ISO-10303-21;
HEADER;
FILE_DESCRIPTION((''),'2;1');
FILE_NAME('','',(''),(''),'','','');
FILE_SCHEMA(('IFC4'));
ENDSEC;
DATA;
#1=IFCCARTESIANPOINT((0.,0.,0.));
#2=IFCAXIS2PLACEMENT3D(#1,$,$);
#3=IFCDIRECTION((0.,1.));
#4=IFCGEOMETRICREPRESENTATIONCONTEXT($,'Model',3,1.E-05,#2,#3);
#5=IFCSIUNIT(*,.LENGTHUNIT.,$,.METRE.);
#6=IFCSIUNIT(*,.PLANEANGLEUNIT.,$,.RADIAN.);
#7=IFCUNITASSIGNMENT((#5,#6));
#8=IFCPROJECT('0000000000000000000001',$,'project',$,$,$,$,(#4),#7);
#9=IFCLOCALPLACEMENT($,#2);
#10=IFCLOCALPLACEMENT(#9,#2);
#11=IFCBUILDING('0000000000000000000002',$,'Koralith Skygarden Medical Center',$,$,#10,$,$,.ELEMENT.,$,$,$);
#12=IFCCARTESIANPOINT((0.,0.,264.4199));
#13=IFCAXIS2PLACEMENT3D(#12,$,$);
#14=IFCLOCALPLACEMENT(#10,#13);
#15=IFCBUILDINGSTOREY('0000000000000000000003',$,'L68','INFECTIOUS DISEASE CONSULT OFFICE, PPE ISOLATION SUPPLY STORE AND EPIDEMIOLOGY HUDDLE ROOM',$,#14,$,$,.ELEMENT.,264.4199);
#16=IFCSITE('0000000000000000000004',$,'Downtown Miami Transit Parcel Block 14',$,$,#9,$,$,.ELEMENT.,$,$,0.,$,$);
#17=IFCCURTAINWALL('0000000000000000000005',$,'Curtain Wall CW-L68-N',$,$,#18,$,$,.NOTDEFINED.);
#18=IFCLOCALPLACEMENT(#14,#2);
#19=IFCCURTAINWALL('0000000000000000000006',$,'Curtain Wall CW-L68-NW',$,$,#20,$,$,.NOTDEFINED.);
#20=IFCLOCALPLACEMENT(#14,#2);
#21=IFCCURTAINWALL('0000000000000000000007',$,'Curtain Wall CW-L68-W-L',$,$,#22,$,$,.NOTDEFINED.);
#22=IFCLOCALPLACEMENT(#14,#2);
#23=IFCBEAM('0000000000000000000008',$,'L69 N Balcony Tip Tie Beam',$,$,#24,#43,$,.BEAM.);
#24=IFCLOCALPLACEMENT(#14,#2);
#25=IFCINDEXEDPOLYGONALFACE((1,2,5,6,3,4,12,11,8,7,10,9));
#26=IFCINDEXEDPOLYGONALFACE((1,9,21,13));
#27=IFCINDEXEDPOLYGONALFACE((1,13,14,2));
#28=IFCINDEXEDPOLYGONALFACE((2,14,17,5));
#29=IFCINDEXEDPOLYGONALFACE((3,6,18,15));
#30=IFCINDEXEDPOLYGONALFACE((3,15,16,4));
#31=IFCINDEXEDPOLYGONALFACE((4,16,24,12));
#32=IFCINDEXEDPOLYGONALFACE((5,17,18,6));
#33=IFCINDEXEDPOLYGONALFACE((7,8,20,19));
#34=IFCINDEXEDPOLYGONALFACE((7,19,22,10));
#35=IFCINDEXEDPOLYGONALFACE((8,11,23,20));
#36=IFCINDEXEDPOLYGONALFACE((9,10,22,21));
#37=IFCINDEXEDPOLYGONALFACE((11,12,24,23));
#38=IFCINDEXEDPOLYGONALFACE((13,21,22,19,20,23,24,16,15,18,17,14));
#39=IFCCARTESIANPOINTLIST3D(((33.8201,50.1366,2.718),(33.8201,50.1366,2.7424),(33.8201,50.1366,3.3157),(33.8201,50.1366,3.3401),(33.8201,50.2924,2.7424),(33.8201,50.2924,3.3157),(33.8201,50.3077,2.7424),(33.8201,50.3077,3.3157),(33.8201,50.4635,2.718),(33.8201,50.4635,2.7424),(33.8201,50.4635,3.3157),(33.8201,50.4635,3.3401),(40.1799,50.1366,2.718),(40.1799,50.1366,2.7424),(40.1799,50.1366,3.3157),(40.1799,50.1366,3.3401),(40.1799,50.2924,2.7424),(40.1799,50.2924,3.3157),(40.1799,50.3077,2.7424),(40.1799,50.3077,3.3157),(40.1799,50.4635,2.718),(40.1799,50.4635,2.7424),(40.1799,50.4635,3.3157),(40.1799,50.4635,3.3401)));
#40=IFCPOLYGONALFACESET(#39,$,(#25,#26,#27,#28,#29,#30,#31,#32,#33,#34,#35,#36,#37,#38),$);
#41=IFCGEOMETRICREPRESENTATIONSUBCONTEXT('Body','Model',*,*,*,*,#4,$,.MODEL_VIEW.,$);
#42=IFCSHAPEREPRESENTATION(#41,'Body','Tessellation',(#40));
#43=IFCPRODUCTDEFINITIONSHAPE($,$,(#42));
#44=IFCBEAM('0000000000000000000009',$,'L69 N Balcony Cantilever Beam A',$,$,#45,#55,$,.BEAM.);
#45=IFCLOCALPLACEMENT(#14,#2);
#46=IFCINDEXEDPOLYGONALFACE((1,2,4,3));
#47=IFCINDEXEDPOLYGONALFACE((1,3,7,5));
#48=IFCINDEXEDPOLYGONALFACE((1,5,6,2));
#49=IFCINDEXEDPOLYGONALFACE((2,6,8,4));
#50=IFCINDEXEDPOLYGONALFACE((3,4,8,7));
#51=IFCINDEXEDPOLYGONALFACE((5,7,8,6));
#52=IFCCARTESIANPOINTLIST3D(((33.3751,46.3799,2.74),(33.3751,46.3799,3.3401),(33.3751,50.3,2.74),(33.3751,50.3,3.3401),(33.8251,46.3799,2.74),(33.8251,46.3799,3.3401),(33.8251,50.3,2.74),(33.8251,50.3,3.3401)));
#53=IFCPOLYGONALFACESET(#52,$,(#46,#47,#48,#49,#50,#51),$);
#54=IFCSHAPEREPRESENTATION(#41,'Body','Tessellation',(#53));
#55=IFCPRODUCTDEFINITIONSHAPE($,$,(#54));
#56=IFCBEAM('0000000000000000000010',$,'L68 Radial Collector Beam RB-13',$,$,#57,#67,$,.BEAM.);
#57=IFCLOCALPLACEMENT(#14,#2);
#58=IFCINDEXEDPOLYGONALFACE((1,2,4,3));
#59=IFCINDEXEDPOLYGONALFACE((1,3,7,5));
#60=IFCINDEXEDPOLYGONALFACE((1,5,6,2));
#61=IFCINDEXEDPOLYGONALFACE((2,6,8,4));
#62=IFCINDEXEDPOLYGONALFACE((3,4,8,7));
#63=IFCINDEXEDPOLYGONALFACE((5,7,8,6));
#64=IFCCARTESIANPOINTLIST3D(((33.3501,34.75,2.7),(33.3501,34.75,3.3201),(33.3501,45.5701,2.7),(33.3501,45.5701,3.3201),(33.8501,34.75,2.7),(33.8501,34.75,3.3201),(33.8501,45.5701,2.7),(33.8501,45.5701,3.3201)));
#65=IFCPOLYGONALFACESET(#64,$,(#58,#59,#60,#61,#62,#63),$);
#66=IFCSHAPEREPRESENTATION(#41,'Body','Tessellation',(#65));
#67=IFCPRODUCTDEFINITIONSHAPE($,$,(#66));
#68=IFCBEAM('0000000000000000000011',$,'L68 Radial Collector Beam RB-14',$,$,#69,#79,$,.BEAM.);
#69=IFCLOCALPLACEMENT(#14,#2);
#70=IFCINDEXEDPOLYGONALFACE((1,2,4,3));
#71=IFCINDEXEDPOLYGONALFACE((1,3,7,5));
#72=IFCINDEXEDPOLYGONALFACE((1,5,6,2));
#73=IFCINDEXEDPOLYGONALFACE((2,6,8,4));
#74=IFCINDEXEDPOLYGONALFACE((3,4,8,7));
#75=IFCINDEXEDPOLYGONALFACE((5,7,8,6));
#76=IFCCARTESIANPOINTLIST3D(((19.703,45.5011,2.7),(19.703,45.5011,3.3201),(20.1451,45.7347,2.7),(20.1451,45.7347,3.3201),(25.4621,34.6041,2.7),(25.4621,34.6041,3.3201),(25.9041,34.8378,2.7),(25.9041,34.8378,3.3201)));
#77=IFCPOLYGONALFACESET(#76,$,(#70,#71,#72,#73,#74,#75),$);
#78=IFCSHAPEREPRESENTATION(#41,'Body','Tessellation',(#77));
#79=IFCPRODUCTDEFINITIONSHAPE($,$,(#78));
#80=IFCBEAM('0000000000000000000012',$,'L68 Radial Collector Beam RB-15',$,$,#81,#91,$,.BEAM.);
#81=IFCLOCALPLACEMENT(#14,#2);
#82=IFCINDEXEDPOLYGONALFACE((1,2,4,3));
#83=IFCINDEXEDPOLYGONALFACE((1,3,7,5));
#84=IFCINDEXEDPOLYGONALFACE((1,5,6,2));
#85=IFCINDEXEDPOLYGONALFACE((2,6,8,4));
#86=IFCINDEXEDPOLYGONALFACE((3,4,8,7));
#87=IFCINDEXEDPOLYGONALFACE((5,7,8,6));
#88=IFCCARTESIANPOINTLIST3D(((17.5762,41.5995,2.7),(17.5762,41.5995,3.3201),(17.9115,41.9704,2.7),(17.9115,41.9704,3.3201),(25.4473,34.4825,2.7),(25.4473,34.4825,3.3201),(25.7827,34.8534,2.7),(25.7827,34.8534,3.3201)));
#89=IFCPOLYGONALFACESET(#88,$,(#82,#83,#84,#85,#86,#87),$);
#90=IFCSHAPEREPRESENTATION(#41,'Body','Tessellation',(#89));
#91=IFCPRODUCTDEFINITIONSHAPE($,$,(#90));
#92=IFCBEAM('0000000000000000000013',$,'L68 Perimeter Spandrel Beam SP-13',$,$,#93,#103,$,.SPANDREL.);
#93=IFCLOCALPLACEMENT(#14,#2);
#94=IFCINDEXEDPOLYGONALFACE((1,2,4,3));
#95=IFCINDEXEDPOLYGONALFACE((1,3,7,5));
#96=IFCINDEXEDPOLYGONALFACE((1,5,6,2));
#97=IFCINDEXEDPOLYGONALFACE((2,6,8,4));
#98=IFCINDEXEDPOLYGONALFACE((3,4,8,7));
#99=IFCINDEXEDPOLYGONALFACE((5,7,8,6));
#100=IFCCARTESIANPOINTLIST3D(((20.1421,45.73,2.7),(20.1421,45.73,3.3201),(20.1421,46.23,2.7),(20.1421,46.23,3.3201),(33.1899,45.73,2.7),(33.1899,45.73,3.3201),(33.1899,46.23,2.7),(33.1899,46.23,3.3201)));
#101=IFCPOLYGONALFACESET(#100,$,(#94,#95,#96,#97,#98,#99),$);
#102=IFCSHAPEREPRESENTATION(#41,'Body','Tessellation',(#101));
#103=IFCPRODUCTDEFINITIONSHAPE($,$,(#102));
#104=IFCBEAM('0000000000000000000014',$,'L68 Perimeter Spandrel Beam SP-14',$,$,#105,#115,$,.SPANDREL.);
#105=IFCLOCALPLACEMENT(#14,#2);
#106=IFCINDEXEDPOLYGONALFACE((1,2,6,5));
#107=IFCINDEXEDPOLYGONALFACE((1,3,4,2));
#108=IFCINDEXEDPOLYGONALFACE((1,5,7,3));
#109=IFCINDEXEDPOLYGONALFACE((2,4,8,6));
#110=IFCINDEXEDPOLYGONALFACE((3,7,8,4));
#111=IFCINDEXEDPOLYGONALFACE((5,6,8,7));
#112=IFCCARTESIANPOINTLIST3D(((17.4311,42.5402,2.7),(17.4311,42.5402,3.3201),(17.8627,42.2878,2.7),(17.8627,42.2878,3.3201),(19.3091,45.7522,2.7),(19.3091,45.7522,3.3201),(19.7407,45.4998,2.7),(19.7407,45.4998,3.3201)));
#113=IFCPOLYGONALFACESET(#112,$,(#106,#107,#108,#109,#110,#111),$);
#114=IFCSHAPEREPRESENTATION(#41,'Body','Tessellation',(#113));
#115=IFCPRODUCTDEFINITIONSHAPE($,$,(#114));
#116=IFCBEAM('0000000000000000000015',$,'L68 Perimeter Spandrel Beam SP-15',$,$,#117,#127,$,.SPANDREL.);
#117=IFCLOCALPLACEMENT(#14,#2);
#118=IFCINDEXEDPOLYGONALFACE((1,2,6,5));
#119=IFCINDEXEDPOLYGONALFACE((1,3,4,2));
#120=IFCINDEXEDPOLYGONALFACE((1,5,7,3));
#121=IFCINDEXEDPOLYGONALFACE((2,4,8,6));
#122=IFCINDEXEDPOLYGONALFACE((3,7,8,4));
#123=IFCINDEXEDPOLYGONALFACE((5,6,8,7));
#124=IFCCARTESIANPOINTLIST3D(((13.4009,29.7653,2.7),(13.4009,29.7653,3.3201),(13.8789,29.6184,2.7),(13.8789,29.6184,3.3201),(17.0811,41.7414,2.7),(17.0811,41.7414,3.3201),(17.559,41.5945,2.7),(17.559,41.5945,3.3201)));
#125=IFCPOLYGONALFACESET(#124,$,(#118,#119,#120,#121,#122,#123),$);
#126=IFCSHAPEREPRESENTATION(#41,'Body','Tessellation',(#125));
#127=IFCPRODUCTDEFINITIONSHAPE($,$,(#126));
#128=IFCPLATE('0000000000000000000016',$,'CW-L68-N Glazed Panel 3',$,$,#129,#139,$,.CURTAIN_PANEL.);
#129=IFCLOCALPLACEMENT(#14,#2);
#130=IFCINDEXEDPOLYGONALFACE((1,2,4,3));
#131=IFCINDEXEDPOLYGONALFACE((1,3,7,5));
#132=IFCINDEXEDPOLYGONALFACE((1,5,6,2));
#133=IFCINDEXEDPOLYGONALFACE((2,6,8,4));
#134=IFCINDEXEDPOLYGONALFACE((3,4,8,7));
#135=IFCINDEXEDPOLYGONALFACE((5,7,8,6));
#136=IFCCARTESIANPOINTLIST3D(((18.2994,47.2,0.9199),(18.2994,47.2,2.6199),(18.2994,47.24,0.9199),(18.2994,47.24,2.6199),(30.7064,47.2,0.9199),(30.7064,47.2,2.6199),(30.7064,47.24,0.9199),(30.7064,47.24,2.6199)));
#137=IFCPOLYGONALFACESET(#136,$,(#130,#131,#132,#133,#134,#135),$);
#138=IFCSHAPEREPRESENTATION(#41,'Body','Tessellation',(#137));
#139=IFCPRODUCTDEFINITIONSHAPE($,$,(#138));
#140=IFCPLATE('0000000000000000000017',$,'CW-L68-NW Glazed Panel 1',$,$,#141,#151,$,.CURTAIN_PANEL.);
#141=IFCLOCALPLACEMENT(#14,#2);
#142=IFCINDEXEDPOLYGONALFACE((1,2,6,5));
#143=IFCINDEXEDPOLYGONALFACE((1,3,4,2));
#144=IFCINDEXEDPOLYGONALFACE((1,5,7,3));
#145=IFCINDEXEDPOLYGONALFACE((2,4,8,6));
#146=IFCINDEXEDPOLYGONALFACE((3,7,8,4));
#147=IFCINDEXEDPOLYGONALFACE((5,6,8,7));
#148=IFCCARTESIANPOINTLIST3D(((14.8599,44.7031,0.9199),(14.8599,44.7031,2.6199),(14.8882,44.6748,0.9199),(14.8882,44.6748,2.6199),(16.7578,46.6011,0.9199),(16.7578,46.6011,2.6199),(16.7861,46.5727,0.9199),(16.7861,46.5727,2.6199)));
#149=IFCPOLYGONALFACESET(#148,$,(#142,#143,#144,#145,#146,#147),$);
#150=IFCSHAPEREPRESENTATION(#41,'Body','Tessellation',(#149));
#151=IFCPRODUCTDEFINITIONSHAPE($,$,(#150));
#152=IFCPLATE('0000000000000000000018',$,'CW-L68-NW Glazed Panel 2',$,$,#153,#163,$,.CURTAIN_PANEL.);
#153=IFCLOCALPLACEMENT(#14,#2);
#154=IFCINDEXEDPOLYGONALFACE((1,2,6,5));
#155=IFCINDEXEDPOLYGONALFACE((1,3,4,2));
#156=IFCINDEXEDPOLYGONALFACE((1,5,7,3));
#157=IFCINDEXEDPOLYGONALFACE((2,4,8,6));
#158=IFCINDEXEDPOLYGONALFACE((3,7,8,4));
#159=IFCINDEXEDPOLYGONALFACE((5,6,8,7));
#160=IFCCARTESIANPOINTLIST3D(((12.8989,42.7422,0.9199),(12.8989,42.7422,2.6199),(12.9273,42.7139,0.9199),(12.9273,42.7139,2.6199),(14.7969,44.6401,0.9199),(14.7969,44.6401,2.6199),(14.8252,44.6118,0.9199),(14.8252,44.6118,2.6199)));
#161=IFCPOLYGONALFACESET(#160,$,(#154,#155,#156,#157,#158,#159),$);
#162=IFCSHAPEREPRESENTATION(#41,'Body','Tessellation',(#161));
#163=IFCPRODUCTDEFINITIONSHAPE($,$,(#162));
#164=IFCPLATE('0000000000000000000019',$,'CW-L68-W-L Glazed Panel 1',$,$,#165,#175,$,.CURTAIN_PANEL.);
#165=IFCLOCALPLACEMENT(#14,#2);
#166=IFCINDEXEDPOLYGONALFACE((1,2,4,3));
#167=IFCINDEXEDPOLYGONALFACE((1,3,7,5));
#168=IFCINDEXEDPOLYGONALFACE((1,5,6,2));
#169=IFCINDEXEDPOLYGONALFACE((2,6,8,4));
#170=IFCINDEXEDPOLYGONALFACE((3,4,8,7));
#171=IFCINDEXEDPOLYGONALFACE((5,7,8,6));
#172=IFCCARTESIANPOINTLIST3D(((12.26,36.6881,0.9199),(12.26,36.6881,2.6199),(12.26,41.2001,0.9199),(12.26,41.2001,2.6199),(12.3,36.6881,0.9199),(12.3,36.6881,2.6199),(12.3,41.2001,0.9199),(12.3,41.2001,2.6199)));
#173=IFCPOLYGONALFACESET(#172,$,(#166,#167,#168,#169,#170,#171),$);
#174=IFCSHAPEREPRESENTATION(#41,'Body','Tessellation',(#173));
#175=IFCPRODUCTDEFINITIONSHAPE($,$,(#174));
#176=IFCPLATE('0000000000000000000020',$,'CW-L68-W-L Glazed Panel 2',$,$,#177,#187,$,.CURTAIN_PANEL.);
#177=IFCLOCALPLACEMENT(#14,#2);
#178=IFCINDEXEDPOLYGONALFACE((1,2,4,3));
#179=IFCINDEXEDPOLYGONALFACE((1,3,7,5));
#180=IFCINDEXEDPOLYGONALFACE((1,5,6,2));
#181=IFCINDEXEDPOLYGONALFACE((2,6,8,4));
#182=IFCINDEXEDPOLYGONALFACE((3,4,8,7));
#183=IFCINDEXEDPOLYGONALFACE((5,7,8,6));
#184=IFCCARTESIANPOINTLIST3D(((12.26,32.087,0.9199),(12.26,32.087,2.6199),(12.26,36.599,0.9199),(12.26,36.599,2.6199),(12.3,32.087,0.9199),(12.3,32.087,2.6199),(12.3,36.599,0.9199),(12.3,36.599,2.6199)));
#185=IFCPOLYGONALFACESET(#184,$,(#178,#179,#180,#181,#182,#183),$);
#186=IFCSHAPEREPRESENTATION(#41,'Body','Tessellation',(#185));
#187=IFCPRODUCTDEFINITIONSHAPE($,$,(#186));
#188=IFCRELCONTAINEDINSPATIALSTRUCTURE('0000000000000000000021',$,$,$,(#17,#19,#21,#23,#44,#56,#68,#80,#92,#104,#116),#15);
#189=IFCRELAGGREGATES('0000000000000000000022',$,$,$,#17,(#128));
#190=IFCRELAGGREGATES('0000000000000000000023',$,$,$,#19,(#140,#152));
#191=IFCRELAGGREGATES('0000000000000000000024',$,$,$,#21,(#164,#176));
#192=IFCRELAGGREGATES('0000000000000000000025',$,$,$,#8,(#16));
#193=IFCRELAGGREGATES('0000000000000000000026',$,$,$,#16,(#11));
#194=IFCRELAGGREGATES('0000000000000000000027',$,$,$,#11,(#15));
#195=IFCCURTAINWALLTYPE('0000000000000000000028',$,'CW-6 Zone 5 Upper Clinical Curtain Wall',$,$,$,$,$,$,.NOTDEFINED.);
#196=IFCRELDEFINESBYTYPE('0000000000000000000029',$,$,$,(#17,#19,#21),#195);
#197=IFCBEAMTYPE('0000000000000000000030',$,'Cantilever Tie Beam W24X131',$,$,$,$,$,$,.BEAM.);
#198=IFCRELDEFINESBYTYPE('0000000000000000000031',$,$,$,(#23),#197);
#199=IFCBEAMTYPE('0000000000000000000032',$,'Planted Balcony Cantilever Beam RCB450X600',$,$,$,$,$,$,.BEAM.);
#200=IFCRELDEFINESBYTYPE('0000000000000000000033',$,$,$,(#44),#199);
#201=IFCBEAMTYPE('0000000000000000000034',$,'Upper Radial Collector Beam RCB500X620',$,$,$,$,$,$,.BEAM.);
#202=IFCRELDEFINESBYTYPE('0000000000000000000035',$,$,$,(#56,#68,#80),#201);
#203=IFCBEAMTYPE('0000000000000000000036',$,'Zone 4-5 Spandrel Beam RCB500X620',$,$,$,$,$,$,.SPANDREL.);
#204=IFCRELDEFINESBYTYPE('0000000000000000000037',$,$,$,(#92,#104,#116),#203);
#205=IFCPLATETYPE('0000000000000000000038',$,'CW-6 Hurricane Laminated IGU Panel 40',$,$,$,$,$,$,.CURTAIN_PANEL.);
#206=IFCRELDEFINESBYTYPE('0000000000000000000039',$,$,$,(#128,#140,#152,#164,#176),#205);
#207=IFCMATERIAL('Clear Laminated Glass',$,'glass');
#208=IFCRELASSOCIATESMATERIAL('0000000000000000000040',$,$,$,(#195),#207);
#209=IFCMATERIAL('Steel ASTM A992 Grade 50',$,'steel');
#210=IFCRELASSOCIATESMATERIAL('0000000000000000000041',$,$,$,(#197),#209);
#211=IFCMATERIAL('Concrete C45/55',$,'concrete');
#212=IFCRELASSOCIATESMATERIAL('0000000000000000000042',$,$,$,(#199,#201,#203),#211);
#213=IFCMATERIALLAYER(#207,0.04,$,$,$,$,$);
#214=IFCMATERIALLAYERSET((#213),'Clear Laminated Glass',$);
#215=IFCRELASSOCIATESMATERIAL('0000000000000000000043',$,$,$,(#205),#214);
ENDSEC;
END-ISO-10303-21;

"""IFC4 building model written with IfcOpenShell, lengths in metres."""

from ifc_helpers import new_model, si_unit, direction, frame, origin, origin_2d, place, context, subcontext, project, spatial, rectangle, i_section, extrude, material, layer, layer_set, material_profile, profile_set, type_object, element, aggregate, save


model = new_model("IFC4")

# Units and contexts
model_context = context("Model", 3, precision=1e-05, world=origin(), true_north=direction((0.0, 1.0)))
body_context = subcontext(model_context, "Body", "Model", "MODEL_VIEW")
ifc_project = project(units=[si_unit("LENGTHUNIT", "METRE"), si_unit("PLANEANGLEUNIT", "RADIAN")], contexts=[model_context])

# Site, building, storey
site_placement = place(None, origin())
site = spatial("IfcSite", under=ifc_project, at=site_placement, Name="Downtown Miami Transit Parcel Block 14", CompositionType="ELEMENT", RefElevation=0.0)
building_placement = place(site_placement, origin())
building = spatial("IfcBuilding", under=site, at=building_placement, Name="Koralith Skygarden Medical Center", CompositionType="ELEMENT")
storey_placement = place(building_placement, frame((0.0, 0.0, 264.4199)))
storey = spatial("IfcBuildingStorey", under=building, at=storey_placement, Name="L68", Description="INFECTIOUS DISEASE CONSULT OFFICE, PPE ISOLATION SUPPLY STORE AND EPIDEMIOLOGY HUDDLE ROOM", CompositionType="ELEMENT", Elevation=264.4199)

# Curtain walls
ifc_material_1 = material(Name="Clear Laminated Glass", Category="glass")
curtain_wall_type = type_object("IfcCurtainWallType", Name="CW-6 Zone 5 Upper Clinical Curtain Wall", PredefinedType="NOTDEFINED", material=ifc_material_1)
curtain_wall_1_placement = place(storey_placement, origin())
curtain_wall_1 = element("IfcCurtainWall", 1, at=curtain_wall_1_placement, inside=storey, type_object=curtain_wall_type, Name="Curtain Wall CW-L68-N", PredefinedType="NOTDEFINED")
curtain_wall_2_placement = place(storey_placement, origin())
curtain_wall_2 = element("IfcCurtainWall", 2, at=curtain_wall_2_placement, inside=storey, type_object=curtain_wall_type, Name="Curtain Wall CW-L68-NW", PredefinedType="NOTDEFINED")
curtain_wall_3_placement = place(storey_placement, origin())
curtain_wall_3 = element("IfcCurtainWall", 3, at=curtain_wall_3_placement, inside=storey, type_object=curtain_wall_type, Name="Curtain Wall CW-L68-W-L", PredefinedType="NOTDEFINED")

# Beams
ifc_material_2 = material(Name="Steel ASTM A992 Grade 50", Category="steel")
ifc_material_profile_1 = material_profile(ifc_material_2, i_section(OverallWidth=0.3269, OverallDepth=0.6221, WebThickness=0.0154, FlangeThickness=0.0244, at=origin_2d()), Name="W24X131")
ifc_profile_set_1 = profile_set([ifc_material_profile_1], Name="Steel ASTM A992 Grade 50")
beam_type_1 = type_object("IfcBeamType", Name="Cantilever Tie Beam W24X131", PredefinedType="BEAM", material=ifc_profile_set_1)
beam_1_placement = place(storey_placement, frame((33.8201, 50.3, 3.0291), z_axis=(1.0, 0.0, 0.0), x_axis=(0.0, 1.0, 0.0)))
element("IfcBeam", 4, at=beam_1_placement, inside=storey, type_object=beam_type_1, Name="L69 N Balcony Tip Tie Beam", PredefinedType="BEAM", context=body_context, shape_type="SweptSolid", body=[
    extrude(i_section(OverallWidth=0.3269, OverallDepth=0.6221, WebThickness=0.0154, FlangeThickness=0.0244, at=origin_2d()), origin(), (0.0, 0.0, 1.0), 6.3599),
])
ifc_material_3 = material(Name="Concrete C45/55", Category="concrete")
ifc_material_profile_2 = material_profile(ifc_material_3, rectangle(XDim=0.45, YDim=0.6001, at=origin_2d()), Name="RCB450X600")
ifc_profile_set_2 = profile_set([ifc_material_profile_2], Name="Concrete C45/55")
beam_type_2 = type_object("IfcBeamType", Name="Planted Balcony Cantilever Beam RCB450X600", PredefinedType="BEAM", material=ifc_profile_set_2)
beam_2_placement = place(storey_placement, frame((33.6001, 46.3799, 3.04), z_axis=(0.0, 1.0, 0.0), x_axis=(-1.0, 0.0, 0.0)))
element("IfcBeam", 5, at=beam_2_placement, inside=storey, type_object=beam_type_2, Name="L69 N Balcony Cantilever Beam A", PredefinedType="BEAM", context=body_context, shape_type="SweptSolid", body=[
    extrude(rectangle(XDim=0.45, YDim=0.6001, at=origin_2d()), origin(), (0.0, 0.0, 1.0), 3.9202),
])
ifc_material_profile_3 = material_profile(ifc_material_3, rectangle(XDim=0.5, YDim=0.6201, at=origin_2d()), Name="RCB500X620")
ifc_profile_set_3 = profile_set([ifc_material_profile_3], Name="Concrete C45/55")
beam_type_3 = type_object("IfcBeamType", Name="Upper Radial Collector Beam RCB500X620", PredefinedType="BEAM", material=ifc_profile_set_3)
beam_3_placement = place(storey_placement, frame((33.6001, 34.75, 3.01), z_axis=(0.0, 1.0, 0.0), x_axis=(-1.0, 0.0, 0.0)))
element("IfcBeam", 6, at=beam_3_placement, inside=storey, type_object=beam_type_3, Name="L68 Radial Collector Beam RB-13", PredefinedType="BEAM", context=body_context, shape_type="SweptSolid", body=[
    extrude(rectangle(XDim=0.5, YDim=0.6201, at=origin_2d()), origin(), (0.0, 0.0, 1.0), 10.8201),
])
beam_4_placement = place(storey_placement, frame((25.6831, 34.7209, 3.01), z_axis=(-0.467257, 0.884122, 0.0), x_axis=(-0.884122, -0.467257, 0.0)))
element("IfcBeam", 7, at=beam_4_placement, inside=storey, type_object=beam_type_3, Name="L68 Radial Collector Beam RB-14", PredefinedType="BEAM", context=body_context, shape_type="SweptSolid", body=[
    extrude(rectangle(XDim=0.5, YDim=0.6201, at=origin_2d()), origin(), (0.0, 0.0, 1.0), 12.3252),
])
beam_5_placement = place(storey_placement, frame((25.615, 34.668, 3.01), z_axis=(-0.741748, 0.670679, 0.0), x_axis=(-0.670679, -0.741748, 0.0)))
element("IfcBeam", 8, at=beam_5_placement, inside=storey, type_object=beam_type_3, Name="L68 Radial Collector Beam RB-15", PredefinedType="BEAM", context=body_context, shape_type="SweptSolid", body=[
    extrude(rectangle(XDim=0.5, YDim=0.6201, at=origin_2d()), origin(), (0.0, 0.0, 1.0), 10.6116),
])
ifc_material_profile_4 = material_profile(ifc_material_3, rectangle(XDim=0.5, YDim=0.6201, at=origin_2d()), Name="RCB500X620")
ifc_profile_set_4 = profile_set([ifc_material_profile_4], Name="Concrete C45/55")
beam_type_4 = type_object("IfcBeamType", Name="Zone 4-5 Spandrel Beam RCB500X620", PredefinedType="SPANDREL", material=ifc_profile_set_4)
beam_6_placement = place(storey_placement, frame((33.1899, 45.98, 3.01), z_axis=(-1.0, 0.0, 0.0), x_axis=(0.0, -1.0, 0.0)))
element("IfcBeam", 9, at=beam_6_placement, inside=storey, type_object=beam_type_4, Name="L68 Perimeter Spandrel Beam SP-13", PredefinedType="SPANDREL", context=body_context, shape_type="SweptSolid", body=[
    extrude(rectangle(XDim=0.5, YDim=0.6201, at=origin_2d()), origin(), (0.0, 0.0, 1.0), 13.0479),
])
beam_7_placement = place(storey_placement, frame((19.5249, 45.626, 3.01), z_axis=(-0.504736, -0.863274, 0.0), x_axis=(0.863274, -0.504736, 0.0)))
element("IfcBeam", 10, at=beam_7_placement, inside=storey, type_object=beam_type_4, Name="L68 Perimeter Spandrel Beam SP-14", PredefinedType="SPANDREL", context=body_context, shape_type="SweptSolid", body=[
    extrude(rectangle(XDim=0.5, YDim=0.6201, at=origin_2d()), origin(), (0.0, 0.0, 1.0), 3.7207),
])
beam_8_placement = place(storey_placement, frame((17.3201, 41.668, 3.01), z_axis=(-0.293738, -0.955886, 0.0), x_axis=(0.955886, -0.293738, 0.0)))
element("IfcBeam", 11, at=beam_8_placement, inside=storey, type_object=beam_type_4, Name="L68 Perimeter Spandrel Beam SP-15", PredefinedType="SPANDREL", context=body_context, shape_type="SweptSolid", body=[
    extrude(rectangle(XDim=0.5, YDim=0.6201, at=origin_2d()), origin(), (0.0, 0.0, 1.0), 12.5288),
])

# Plates
ifc_layer_1 = layer(ifc_material_1, 0.04)
ifc_layer_set_1 = layer_set([ifc_layer_1], Name="Clear Laminated Glass")
plate_type_1 = type_object("IfcPlateType", Name="CW-6 Hurricane Laminated IGU Panel 40", PredefinedType="CURTAIN_PANEL", material=ifc_layer_set_1)
plate_1_placement = place(storey_placement, frame((24.5029, 47.22, 0.9199), z_axis=(0.0, 0.0, 1.0), x_axis=(-1.0, 0.0, 0.0)))
plate_1 = element("IfcPlate", 12, at=plate_1_placement, type_object=plate_type_1, Name="CW-L68-N Glazed Panel 3", PredefinedType="CURTAIN_PANEL", context=body_context, shape_type="SweptSolid", body=[
    extrude(rectangle(XDim=12.407, YDim=0.04, at=origin_2d()), origin(), (0.0, 0.0, 1.0), 1.7),
])
aggregate(curtain_wall_1, [plate_1])
plate_2_placement = place(storey_placement, frame((15.823, 45.6379, 0.9199), z_axis=(0.0, 0.0, 1.0), x_axis=(-0.707107, -0.707107, 0.0)))
plate_2 = element("IfcPlate", 13, at=plate_2_placement, type_object=plate_type_1, Name="CW-L68-NW Glazed Panel 1", PredefinedType="CURTAIN_PANEL", context=body_context, shape_type="SweptSolid", body=[
    extrude(rectangle(XDim=2.6841, YDim=0.04, at=origin_2d()), origin(), (0.0, 0.0, 1.0), 1.7),
])
plate_3_placement = place(storey_placement, frame((13.8621, 43.677, 0.9199), z_axis=(0.0, 0.0, 1.0), x_axis=(-0.707107, -0.707107, 0.0)))
plate_3 = element("IfcPlate", 14, at=plate_3_placement, type_object=plate_type_1, Name="CW-L68-NW Glazed Panel 2", PredefinedType="CURTAIN_PANEL", context=body_context, shape_type="SweptSolid", body=[
    extrude(rectangle(XDim=2.6841, YDim=0.04, at=origin_2d()), origin(), (0.0, 0.0, 1.0), 1.7),
])
aggregate(curtain_wall_2, [plate_2, plate_3])
plate_4_placement = place(storey_placement, frame((12.28, 38.9441, 0.9199), z_axis=(0.0, 0.0, 1.0), x_axis=(0.0, -1.0, 0.0)))
plate_4 = element("IfcPlate", 15, at=plate_4_placement, type_object=plate_type_1, Name="CW-L68-W-L Glazed Panel 1", PredefinedType="CURTAIN_PANEL", context=body_context, shape_type="SweptSolid", body=[
    extrude(rectangle(XDim=4.512, YDim=0.04, at=origin_2d()), origin(), (0.0, 0.0, 1.0), 1.7),
])
plate_5_placement = place(storey_placement, frame((12.28, 34.343, 0.9199), z_axis=(0.0, 0.0, 1.0), x_axis=(0.0, -1.0, 0.0)))
plate_5 = element("IfcPlate", 16, at=plate_5_placement, type_object=plate_type_1, Name="CW-L68-W-L Glazed Panel 2", PredefinedType="CURTAIN_PANEL", context=body_context, shape_type="SweptSolid", body=[
    extrude(rectangle(XDim=4.512, YDim=0.04, at=origin_2d()), origin(), (0.0, 0.0, 1.0), 1.7),
])
aggregate(curtain_wall_3, [plate_4, plate_5])

save(model, "model.ifc")
